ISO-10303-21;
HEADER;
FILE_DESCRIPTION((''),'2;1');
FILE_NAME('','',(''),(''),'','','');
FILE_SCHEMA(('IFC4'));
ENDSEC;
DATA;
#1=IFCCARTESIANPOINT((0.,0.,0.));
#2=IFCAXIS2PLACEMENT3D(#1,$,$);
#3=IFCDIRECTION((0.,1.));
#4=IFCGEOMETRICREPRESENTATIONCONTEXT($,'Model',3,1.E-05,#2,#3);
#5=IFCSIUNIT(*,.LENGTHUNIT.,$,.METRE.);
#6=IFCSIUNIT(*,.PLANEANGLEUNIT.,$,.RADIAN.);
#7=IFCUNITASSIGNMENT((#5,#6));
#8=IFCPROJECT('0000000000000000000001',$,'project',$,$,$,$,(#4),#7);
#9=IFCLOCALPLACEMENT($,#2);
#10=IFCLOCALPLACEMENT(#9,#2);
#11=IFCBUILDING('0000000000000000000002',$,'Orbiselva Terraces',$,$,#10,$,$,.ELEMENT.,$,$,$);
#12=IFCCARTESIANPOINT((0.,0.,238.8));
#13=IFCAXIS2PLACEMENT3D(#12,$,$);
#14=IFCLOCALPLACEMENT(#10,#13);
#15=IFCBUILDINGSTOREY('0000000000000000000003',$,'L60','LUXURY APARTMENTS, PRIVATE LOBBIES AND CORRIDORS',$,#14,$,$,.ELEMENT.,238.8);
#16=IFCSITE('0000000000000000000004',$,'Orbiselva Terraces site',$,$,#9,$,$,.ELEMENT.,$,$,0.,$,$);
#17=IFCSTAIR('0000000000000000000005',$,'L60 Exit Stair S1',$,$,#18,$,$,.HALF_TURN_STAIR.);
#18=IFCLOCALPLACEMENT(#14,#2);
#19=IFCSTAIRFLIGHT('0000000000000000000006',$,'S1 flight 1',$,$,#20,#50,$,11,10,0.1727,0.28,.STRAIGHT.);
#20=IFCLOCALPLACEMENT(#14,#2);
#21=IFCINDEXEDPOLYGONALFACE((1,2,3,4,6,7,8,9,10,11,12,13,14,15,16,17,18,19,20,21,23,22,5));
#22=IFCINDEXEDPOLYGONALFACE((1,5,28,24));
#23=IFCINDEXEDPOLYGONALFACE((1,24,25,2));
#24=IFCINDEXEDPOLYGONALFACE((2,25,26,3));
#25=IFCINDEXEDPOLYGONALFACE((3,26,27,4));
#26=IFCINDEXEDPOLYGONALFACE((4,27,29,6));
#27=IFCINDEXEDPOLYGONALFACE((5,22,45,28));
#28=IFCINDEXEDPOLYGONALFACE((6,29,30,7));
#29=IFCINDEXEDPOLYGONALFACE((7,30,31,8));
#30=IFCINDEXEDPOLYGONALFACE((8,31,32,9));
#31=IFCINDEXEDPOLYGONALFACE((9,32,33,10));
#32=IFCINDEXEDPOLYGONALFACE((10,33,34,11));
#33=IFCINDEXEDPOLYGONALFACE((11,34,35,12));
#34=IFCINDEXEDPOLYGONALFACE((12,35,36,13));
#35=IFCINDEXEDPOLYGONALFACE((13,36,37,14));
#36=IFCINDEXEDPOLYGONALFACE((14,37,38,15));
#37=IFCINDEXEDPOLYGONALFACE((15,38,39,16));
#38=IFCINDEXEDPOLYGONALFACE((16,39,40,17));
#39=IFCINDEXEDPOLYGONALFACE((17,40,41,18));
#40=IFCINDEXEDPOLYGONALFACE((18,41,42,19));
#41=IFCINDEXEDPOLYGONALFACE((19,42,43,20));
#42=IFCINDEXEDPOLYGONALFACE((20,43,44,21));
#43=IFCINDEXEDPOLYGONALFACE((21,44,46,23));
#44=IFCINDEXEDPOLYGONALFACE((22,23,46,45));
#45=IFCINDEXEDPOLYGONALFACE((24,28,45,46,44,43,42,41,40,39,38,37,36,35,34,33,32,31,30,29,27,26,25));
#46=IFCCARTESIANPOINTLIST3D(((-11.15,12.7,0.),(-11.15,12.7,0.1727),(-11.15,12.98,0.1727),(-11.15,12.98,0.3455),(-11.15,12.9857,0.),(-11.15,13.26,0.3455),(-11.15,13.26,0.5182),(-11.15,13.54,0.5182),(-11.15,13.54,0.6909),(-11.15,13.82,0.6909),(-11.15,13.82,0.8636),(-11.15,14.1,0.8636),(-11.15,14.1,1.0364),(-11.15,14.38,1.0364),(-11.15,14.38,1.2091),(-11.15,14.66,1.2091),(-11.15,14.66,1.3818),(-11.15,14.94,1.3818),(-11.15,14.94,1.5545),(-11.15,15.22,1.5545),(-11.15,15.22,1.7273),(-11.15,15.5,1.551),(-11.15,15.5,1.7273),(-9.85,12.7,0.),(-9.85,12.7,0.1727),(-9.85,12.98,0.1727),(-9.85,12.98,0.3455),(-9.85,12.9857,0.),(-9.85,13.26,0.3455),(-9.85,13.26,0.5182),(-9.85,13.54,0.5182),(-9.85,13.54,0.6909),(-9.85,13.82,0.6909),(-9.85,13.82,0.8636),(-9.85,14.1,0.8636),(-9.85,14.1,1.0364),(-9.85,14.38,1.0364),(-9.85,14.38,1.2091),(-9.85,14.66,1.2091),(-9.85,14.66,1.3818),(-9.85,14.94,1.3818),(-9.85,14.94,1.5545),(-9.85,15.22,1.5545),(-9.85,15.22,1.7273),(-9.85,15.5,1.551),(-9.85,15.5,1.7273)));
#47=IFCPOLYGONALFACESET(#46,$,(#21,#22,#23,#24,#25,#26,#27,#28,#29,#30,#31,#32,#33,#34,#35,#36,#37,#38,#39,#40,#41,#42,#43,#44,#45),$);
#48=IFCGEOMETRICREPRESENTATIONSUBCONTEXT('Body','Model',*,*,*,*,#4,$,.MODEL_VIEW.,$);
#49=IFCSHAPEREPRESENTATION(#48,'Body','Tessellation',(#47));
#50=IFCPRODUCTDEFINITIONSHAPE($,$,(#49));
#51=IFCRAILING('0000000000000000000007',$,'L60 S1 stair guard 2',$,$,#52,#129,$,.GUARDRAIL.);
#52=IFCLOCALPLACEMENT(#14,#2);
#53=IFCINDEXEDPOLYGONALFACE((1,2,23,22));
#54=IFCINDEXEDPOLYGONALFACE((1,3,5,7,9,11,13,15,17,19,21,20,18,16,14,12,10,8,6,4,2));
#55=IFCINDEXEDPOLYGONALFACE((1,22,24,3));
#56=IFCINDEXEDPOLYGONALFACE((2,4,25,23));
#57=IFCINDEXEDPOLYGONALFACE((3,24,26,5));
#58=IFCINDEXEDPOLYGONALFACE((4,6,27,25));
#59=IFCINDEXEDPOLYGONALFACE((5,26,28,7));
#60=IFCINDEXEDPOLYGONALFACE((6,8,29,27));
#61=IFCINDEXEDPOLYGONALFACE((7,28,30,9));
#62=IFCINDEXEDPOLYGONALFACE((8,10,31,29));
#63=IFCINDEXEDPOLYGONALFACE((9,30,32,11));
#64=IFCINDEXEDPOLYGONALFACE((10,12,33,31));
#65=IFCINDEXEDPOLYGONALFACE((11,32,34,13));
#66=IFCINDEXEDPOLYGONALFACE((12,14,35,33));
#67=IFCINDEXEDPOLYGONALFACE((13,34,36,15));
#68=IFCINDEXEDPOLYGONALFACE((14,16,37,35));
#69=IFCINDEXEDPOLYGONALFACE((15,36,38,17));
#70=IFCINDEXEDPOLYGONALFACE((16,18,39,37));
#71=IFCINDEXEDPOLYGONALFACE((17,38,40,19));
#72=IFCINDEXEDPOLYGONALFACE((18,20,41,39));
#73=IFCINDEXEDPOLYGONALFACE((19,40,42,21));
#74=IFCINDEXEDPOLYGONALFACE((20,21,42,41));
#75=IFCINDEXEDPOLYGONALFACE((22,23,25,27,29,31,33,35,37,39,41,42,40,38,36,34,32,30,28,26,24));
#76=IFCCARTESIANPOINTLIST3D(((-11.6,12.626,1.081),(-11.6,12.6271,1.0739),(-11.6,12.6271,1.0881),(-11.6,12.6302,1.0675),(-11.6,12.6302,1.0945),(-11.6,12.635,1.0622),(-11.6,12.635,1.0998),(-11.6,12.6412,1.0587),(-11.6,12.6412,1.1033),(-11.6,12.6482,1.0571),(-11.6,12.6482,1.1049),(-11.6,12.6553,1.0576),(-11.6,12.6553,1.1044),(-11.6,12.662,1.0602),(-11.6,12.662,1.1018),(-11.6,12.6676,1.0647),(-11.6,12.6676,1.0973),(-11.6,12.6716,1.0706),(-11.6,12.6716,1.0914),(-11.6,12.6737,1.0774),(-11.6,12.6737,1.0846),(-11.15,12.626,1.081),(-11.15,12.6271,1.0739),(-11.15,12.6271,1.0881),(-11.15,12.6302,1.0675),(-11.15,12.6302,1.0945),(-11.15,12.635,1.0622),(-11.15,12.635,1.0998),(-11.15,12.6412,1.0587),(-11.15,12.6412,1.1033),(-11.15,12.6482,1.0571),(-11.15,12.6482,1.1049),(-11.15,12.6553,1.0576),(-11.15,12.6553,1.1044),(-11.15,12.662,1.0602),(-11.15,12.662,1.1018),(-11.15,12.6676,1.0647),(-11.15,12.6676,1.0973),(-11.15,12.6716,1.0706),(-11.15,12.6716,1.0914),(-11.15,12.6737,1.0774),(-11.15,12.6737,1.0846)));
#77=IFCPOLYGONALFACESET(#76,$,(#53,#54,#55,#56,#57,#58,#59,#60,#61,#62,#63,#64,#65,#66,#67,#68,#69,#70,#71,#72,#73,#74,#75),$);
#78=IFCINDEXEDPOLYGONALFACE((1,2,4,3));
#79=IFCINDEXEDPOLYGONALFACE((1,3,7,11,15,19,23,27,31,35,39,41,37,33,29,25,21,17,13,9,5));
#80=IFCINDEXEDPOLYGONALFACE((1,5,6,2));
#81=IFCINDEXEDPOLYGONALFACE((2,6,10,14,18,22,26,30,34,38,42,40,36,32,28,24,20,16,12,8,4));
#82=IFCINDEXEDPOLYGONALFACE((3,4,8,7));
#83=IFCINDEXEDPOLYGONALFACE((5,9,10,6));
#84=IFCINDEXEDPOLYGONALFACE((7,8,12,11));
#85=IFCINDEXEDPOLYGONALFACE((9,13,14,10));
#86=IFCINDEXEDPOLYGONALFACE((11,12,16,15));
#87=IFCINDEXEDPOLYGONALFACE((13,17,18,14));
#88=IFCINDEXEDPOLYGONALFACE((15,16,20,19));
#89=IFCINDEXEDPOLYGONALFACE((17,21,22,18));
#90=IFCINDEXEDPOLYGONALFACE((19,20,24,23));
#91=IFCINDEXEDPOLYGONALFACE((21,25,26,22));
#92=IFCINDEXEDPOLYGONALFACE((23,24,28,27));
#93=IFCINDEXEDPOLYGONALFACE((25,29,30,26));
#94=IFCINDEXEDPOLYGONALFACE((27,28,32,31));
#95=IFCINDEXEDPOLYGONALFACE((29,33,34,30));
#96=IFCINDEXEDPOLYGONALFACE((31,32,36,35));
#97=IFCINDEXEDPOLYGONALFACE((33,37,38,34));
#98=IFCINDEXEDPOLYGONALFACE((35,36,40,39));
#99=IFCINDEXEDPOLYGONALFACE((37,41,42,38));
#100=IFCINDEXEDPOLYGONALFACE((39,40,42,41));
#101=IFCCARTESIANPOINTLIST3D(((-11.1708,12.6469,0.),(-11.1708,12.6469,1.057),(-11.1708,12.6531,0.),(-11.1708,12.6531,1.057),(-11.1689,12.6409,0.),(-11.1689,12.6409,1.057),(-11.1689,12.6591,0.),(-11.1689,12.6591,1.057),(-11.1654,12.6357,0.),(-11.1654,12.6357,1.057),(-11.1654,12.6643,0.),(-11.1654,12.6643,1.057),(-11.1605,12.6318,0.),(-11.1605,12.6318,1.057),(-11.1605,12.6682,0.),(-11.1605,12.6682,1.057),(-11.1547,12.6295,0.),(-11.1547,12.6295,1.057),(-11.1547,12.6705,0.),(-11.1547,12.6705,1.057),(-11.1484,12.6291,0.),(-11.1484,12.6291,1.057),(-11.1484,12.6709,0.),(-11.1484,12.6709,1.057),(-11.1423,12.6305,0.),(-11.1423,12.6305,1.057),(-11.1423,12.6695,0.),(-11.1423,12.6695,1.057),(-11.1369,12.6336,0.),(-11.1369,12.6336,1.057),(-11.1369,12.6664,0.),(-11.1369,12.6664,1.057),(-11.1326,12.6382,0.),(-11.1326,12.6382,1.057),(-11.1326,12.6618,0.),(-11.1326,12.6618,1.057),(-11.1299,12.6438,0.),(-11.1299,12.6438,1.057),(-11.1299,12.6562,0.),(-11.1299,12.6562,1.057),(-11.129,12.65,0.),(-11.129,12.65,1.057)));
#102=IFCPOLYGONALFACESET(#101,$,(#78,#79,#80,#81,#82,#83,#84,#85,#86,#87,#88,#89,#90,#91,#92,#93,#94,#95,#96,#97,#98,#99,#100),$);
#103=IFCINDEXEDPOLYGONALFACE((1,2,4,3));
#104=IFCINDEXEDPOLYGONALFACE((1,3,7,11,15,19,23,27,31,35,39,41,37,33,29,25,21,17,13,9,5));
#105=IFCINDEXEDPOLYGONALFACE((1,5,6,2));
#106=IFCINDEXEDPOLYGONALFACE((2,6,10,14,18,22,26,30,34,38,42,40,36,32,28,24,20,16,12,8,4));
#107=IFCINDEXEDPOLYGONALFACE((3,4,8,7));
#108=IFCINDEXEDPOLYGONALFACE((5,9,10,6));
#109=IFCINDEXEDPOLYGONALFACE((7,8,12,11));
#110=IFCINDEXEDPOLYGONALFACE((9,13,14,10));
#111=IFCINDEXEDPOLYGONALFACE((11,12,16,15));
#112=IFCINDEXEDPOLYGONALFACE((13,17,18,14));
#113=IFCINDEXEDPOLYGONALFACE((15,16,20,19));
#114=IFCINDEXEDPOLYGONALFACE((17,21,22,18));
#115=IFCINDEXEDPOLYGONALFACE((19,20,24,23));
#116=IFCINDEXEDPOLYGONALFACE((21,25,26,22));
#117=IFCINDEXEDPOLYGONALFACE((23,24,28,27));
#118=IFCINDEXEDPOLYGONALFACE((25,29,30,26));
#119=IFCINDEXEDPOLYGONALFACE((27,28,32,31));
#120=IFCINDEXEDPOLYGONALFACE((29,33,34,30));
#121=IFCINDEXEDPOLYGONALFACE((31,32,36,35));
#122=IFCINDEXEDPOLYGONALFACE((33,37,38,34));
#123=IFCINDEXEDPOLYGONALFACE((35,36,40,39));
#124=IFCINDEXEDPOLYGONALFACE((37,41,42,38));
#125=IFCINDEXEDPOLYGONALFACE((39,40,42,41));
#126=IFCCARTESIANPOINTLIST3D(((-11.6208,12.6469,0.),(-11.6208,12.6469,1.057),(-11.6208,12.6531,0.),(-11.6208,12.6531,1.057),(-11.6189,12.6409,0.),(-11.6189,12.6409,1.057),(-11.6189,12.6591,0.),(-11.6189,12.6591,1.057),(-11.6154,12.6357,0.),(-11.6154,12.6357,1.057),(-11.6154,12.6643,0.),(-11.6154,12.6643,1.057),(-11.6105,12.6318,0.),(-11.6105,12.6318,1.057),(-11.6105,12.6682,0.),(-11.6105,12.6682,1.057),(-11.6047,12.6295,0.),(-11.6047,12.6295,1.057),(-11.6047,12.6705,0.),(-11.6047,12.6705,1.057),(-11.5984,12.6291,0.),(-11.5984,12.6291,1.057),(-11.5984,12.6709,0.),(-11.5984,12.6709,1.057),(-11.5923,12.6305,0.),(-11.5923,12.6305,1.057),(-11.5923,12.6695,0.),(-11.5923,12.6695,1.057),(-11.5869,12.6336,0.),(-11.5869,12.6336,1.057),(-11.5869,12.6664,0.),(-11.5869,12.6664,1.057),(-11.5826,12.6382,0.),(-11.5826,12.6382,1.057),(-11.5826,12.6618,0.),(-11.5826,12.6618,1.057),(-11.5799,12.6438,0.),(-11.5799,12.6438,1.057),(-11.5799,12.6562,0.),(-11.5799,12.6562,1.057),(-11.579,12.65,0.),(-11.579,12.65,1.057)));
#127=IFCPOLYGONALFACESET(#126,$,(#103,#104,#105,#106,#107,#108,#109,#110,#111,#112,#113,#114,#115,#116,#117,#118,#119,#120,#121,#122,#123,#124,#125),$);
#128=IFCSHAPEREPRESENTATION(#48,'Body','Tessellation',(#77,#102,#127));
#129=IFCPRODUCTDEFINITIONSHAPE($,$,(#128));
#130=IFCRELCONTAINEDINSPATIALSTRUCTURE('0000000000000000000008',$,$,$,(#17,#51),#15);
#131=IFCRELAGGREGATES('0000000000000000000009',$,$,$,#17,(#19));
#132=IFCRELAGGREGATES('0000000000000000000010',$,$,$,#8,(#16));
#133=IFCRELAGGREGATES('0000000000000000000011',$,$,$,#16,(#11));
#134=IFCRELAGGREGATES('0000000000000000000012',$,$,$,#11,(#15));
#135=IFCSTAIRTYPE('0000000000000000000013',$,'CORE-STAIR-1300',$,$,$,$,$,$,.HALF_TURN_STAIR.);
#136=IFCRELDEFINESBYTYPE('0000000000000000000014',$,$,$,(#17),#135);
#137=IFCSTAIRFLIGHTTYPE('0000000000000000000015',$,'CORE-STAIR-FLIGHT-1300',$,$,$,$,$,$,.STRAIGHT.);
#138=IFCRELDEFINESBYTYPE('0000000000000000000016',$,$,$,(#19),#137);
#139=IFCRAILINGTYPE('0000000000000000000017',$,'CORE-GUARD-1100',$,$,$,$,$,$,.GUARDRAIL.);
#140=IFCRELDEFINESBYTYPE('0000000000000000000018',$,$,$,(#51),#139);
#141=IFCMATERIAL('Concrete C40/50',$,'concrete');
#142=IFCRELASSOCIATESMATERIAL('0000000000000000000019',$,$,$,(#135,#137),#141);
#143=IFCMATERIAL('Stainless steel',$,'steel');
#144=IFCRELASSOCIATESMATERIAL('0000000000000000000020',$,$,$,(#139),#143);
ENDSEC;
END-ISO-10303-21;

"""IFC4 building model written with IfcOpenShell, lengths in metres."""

from ifc_helpers import new_model, si_unit, direction, frame, origin, origin_2d, place, context, subcontext, project, spatial, polyline, circle, outline, extrude, material, type_object, element, aggregate, save


model = new_model("IFC4")

# Units and contexts
model_context = context("Model", 3, precision=1e-05, world=origin(), true_north=direction((0.0, 1.0)))
body_context = subcontext(model_context, "Body", "Model", "MODEL_VIEW")
ifc_project = project(units=[si_unit("LENGTHUNIT", "METRE"), si_unit("PLANEANGLEUNIT", "RADIAN")], contexts=[model_context])

# Site, building, storey
site_placement = place(None, origin())
site = spatial("IfcSite", under=ifc_project, at=site_placement, Name="Orbiselva Terraces site", CompositionType="ELEMENT", RefElevation=0.0)
building_placement = place(site_placement, origin())
building = spatial("IfcBuilding", under=site, at=building_placement, Name="Orbiselva Terraces", CompositionType="ELEMENT")
storey_placement = place(building_placement, frame((0.0, 0.0, 238.8)))
storey = spatial("IfcBuildingStorey", under=building, at=storey_placement, Name="L60", Description="LUXURY APARTMENTS, PRIVATE LOBBIES AND CORRIDORS", CompositionType="ELEMENT", Elevation=238.8)

# Shared definitions
ifc_material_1 = material(Name="Concrete C40/50", Category="concrete")

# Stair, stair flight
stair_type = type_object("IfcStairType", Name="CORE-STAIR-1300", PredefinedType="HALF_TURN_STAIR", material=ifc_material_1)
stair_placement = place(storey_placement, origin())
stair = element("IfcStair", 1, at=stair_placement, inside=storey, type_object=stair_type, Name="L60 Exit Stair S1", PredefinedType="HALF_TURN_STAIR")
stair_flight_type = type_object("IfcStairFlightType", Name="CORE-STAIR-FLIGHT-1300", PredefinedType="STRAIGHT", material=ifc_material_1)
stair_flight_placement = place(storey_placement, frame((-10.5, 12.7, 0.0), z_axis=(0.0, 0.0, 1.0), x_axis=(0.0, 1.0, 0.0)))
stair_flight = element("IfcStairFlight", 2, at=stair_flight_placement, type_object=stair_flight_type, Name="S1 flight 1", NumberOfRisers=11, NumberOfTreads=10, PredefinedType="STRAIGHT", RiserHeight=0.1727, TreadLength=0.28, context=body_context, shape_type="SweptSolid", body=[
    extrude(outline(polyline([(0.0, 0.0), (0.0, 0.1727), (0.28, 0.1727), (0.28, 0.3455), (0.56, 0.3455), (0.56, 0.5182), (0.84, 0.5182), (0.84, 0.6909), (1.12, 0.6909), (1.12, 0.8636), (1.4, 0.8636), (1.4, 1.0364), (1.68, 1.0364), (1.68, 1.2091), (1.96, 1.2091), (1.96, 1.3818), (2.24, 1.3818), (2.24, 1.5545), (2.52, 1.5545), (2.52, 1.7273), (2.8, 1.7273), (2.8, 1.9), (2.8, 1.551), (0.2857, 0.0), (0.0, 0.0)])), frame((0.0, 0.65, 0.0), z_axis=(0.0, -1.0, 0.0), x_axis=(1.0, 0.0, 0.0)), (0.0, 0.0, 1.0), 1.3),
])
aggregate(stair, [stair_flight])

# Railing
ifc_material_2 = material(Name="Stainless steel", Category="steel")
railing_type_1 = type_object("IfcRailingType", Name="CORE-GUARD-1100", PredefinedType="GUARDRAIL", material=ifc_material_2)
railing_1_placement = place(storey_placement, frame((-11.15, 12.65, 0.0)))
element("IfcRailing", 3, at=railing_1_placement, inside=storey, type_object=railing_type_1, Name="L60 S1 stair guard 2", PredefinedType="GUARDRAIL", context=body_context, shape_type="SweptSolid", body=[
    extrude(circle(Radius=0.024, at=origin_2d()), frame((0.0, 0.0, 1.081), z_axis=(-1.0, 0.0, 0.0), x_axis=(0.0, -1.0, 0.0)), (0.0, 0.0, 1.0), 0.45),
    extrude(circle(Radius=0.021, at=origin_2d()), origin(), (0.0, 0.0, 1.0), 1.057),
    extrude(circle(Radius=0.021, at=origin_2d()), frame((-0.45, 0.0, 0.0)), (0.0, 0.0, 1.0), 1.057),
])

save(model, "model.ifc")
